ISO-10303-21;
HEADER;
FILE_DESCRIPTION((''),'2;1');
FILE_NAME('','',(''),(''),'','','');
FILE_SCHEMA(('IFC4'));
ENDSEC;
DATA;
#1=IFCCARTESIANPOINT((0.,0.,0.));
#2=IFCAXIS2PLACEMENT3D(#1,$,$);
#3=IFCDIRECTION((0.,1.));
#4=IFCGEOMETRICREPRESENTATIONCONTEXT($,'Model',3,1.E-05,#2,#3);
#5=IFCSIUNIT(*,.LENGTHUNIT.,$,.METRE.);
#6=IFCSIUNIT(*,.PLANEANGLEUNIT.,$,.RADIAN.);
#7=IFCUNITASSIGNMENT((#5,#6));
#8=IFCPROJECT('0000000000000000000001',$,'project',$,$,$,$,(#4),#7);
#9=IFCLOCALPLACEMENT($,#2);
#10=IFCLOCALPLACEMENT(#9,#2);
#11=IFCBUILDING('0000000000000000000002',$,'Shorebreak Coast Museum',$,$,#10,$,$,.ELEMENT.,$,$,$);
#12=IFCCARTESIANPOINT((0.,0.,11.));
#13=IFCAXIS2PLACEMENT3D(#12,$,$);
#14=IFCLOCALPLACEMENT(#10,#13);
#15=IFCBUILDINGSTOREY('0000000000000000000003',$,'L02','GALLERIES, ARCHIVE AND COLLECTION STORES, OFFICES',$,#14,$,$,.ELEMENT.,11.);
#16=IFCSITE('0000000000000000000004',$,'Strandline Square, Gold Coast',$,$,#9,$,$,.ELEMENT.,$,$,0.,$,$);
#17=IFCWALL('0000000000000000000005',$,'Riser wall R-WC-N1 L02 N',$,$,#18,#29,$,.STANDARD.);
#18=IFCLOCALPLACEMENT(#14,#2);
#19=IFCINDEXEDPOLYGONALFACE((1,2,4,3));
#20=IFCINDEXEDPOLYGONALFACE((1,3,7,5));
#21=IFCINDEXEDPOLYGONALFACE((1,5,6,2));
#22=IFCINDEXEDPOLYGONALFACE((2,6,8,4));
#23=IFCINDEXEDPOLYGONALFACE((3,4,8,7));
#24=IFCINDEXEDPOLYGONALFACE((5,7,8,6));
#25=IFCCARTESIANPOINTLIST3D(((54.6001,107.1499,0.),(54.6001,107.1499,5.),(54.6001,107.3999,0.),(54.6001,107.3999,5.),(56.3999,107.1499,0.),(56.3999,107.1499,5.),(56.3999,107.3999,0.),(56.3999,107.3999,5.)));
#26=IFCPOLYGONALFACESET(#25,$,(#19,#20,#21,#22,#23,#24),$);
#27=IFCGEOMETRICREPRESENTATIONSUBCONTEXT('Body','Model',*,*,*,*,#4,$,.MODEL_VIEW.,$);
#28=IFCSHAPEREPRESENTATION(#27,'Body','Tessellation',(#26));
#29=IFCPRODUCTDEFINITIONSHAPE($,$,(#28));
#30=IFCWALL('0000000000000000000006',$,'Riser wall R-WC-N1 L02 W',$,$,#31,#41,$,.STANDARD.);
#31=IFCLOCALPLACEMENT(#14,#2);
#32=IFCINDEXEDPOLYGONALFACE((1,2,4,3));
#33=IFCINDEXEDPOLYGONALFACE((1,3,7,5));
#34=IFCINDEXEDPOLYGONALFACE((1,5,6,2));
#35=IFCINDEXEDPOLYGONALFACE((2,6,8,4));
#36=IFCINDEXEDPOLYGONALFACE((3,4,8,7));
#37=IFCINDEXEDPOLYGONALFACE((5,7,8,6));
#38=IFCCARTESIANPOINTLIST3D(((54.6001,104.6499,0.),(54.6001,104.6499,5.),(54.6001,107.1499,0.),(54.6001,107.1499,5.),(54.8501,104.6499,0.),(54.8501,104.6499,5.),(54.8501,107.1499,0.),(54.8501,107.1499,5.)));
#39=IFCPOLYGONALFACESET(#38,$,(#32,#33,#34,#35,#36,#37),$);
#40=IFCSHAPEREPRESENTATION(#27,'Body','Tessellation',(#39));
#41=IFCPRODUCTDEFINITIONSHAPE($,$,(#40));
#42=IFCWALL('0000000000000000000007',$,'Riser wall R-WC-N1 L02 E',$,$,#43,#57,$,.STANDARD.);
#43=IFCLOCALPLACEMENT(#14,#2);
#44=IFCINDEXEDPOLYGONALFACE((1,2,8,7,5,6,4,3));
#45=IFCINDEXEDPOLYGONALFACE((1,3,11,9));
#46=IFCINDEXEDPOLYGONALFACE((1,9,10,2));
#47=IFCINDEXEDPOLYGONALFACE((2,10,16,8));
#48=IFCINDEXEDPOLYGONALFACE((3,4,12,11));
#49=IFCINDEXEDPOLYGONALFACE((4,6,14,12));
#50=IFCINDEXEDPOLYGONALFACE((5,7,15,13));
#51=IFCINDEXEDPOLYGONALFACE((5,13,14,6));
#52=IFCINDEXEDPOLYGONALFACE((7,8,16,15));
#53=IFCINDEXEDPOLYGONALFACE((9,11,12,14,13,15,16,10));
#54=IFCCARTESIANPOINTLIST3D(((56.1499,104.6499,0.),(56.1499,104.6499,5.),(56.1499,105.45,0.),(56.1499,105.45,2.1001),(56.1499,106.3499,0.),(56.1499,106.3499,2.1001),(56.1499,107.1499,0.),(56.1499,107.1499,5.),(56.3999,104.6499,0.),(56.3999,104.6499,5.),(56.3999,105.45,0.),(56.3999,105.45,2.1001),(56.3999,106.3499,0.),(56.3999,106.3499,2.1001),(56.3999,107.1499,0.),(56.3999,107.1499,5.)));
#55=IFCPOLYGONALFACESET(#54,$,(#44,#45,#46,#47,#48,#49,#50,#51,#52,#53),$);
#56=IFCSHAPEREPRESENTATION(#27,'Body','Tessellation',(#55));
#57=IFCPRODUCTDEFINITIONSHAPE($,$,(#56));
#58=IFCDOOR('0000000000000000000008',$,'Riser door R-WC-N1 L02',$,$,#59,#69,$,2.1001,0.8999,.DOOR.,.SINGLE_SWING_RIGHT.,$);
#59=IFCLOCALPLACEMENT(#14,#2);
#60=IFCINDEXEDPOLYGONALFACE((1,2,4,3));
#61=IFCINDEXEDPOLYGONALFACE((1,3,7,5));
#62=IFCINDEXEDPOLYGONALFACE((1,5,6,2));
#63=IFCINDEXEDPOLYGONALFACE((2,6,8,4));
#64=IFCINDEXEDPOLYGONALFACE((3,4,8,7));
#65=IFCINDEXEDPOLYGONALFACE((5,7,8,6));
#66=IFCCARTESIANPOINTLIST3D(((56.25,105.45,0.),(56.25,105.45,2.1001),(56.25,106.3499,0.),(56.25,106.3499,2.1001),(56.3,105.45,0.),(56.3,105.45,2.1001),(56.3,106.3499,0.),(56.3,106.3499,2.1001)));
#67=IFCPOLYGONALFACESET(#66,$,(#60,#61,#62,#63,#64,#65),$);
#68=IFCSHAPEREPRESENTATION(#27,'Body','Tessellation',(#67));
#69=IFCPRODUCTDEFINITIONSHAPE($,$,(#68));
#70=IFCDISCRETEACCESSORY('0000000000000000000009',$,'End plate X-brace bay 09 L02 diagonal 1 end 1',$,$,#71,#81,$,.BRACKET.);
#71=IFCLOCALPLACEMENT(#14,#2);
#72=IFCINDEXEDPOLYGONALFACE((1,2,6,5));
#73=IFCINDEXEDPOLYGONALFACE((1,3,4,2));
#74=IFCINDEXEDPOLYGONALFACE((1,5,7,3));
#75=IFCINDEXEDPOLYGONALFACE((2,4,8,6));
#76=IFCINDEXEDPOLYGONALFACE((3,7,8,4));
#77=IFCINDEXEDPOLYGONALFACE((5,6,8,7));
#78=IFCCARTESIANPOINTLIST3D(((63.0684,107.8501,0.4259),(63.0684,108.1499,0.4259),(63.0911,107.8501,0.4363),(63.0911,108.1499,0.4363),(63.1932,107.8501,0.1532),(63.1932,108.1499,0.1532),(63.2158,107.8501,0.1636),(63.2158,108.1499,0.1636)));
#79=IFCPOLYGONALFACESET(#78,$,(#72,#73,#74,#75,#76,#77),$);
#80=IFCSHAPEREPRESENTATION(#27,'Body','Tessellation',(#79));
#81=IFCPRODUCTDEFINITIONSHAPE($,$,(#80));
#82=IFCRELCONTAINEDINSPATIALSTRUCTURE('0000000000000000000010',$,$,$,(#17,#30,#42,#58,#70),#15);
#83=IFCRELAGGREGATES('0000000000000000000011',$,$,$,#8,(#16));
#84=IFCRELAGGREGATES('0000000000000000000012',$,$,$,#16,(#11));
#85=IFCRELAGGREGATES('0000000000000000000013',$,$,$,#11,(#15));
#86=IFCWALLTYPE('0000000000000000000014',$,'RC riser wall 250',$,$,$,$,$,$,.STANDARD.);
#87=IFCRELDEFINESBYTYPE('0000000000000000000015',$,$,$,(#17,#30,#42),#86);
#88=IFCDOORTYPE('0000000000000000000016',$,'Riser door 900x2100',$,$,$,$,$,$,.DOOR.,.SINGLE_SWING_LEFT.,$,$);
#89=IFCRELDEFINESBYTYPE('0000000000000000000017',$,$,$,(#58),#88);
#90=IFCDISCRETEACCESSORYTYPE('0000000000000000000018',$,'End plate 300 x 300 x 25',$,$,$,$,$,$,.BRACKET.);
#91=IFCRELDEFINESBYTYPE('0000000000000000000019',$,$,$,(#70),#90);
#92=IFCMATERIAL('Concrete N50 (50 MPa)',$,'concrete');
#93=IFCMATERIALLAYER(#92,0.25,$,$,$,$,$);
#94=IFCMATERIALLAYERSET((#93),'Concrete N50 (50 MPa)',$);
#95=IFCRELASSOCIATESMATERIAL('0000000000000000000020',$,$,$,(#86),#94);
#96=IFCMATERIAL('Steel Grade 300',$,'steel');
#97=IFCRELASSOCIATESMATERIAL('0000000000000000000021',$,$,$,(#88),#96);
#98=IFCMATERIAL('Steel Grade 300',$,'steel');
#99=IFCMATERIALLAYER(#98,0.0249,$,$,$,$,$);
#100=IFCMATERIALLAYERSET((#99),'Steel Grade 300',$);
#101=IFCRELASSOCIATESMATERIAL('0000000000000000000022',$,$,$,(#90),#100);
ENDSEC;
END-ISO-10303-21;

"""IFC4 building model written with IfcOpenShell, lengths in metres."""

from ifc_helpers import new_model, si_unit, direction, frame, frame_2d, origin, place, context, subcontext, project, spatial, polyline, rectangle, outline, extrude, material, layer, layer_set, type_object, element, fill, save


model = new_model("IFC4")

# Units and contexts
model_context = context("Model", 3, precision=1e-05, world=origin(), true_north=direction((0.0, 1.0)))
body_context = subcontext(model_context, "Body", "Model", "MODEL_VIEW")
ifc_project = project(units=[si_unit("LENGTHUNIT", "METRE"), si_unit("PLANEANGLEUNIT", "RADIAN")], contexts=[model_context])

# Site, building, storey
site_placement = place(None, origin())
site = spatial("IfcSite", under=ifc_project, at=site_placement, Name="Strandline Square, Gold Coast", CompositionType="ELEMENT", RefElevation=0.0)
building_placement = place(site_placement, origin())
building = spatial("IfcBuilding", under=site, at=building_placement, Name="Shorebreak Coast Museum", CompositionType="ELEMENT")
storey_placement = place(building_placement, frame((0.0, 0.0, 11.0)))
storey = spatial("IfcBuildingStorey", under=building, at=storey_placement, Name="L02", Description="GALLERIES, ARCHIVE AND COLLECTION STORES, OFFICES", CompositionType="ELEMENT", Elevation=11.0)

# Walls
ifc_material_1 = material(Name="Concrete N50 (50 MPa)", Category="concrete")
ifc_layer_1 = layer(ifc_material_1, 0.25)
ifc_layer_set_1 = layer_set([ifc_layer_1], Name="Concrete N50 (50 MPa)")
wall_type_1 = type_object("IfcWallType", Name="RC riser wall 250", PredefinedType="STANDARD", material=ifc_layer_set_1)
for number, where, z_axis, x_axis, name in (
    (1, (54.6001, 107.2749, 0.0), (0.0, 0.0, 1.0), (1.0, 0.0, 0.0), "Riser wall R-WC-N1 L02 N"),
):
    element("IfcWall", number, at=place(storey_placement, frame(where, z_axis=z_axis, x_axis=x_axis)), inside=storey, type_object=wall_type_1, Name=name, PredefinedType="STANDARD", context=body_context, shape_type="SweptSolid", body=[
        extrude(rectangle(XDim=1.7998, YDim=0.25, at=frame_2d((0.8999, 0.0))), origin(), (0.0, 0.0, 1.0), 5.0),
    ])
wall_1_placement = place(storey_placement, frame((54.7251, 104.6499, 0.0), z_axis=(0.0, 0.0, 1.0), x_axis=(0.0, 1.0, 0.0)))
element("IfcWall", 2, at=wall_1_placement, inside=storey, type_object=wall_type_1, Name="Riser wall R-WC-N1 L02 W", PredefinedType="STANDARD", context=body_context, shape_type="SweptSolid", body=[
    extrude(rectangle(XDim=2.5, YDim=0.25, at=frame_2d((1.25, 0.0))), origin(), (0.0, 0.0, 1.0), 5.0),
])

# Wall, opening, door
wall_2_placement = place(storey_placement, frame((56.2749, 104.6499, 0.0), z_axis=(0.0, 0.0, 1.0), x_axis=(0.0, 1.0, 0.0)))
wall_2 = element("IfcWall", 3, at=wall_2_placement, inside=storey, type_object=wall_type_1, Name="Riser wall R-WC-N1 L02 E", PredefinedType="STANDARD", context=body_context, shape_type="SweptSolid", body=[
    extrude(rectangle(XDim=2.5, YDim=0.25, at=frame_2d((1.25, 0.0))), origin(), (0.0, 0.0, 1.0), 5.0),
])
opening_1_placement = place(wall_2_placement, frame((0.8, 0.0, 0.0)))
opening_1 = element("IfcOpeningElement", 4, at=opening_1_placement, cuts=wall_2, PredefinedType="OPENING", context=body_context, shape_type="SweptSolid", body=[
    extrude(rectangle(XDim=0.8999, YDim=2.1001, at=frame_2d((0.45, 1.05))), frame((0.0, 0.135, 0.0), z_axis=(0.0, -1.0, 0.0), x_axis=(1.0, 0.0, 0.0)), (0.0, 0.0, 1.0), 0.27),
])
ifc_material_2 = material(Name="Steel Grade 300", Category="steel")
door_type_1 = type_object("IfcDoorType", Name="Riser door 900x2100", OperationType="SINGLE_SWING_LEFT", PredefinedType="DOOR", material=ifc_material_2)
door_1_placement = place(opening_1_placement, origin())
door_1 = element("IfcDoor", 5, at=door_1_placement, inside=storey, type_object=door_type_1, Name="Riser door R-WC-N1 L02", OperationType="SINGLE_SWING_RIGHT", OverallHeight=2.1001, OverallWidth=0.8999, PredefinedType="DOOR", context=body_context, shape_type="SweptSolid", body=[
    extrude(rectangle(XDim=0.8999, YDim=2.1001, at=frame_2d((0.45, 1.05))), frame((0.0, 0.0249, 0.0), z_axis=(0.0, -1.0, 0.0), x_axis=(1.0, 0.0, 0.0)), (0.0, 0.0, 1.0), 0.05),
])
fill(opening_1, door_1)

# Discrete accessory
ifc_material_3 = material(Name="Steel Grade 300", Category="steel")
ifc_layer_2 = layer(ifc_material_3, 0.0249)
ifc_layer_set_2 = layer_set([ifc_layer_2], Name="Steel Grade 300")
discrete_accessory_type = type_object("IfcDiscreteAccessoryType", Name="End plate 300 x 300 x 25", PredefinedType="BRACKET", material=ifc_layer_set_2)
discrete_accessory_placement = place(storey_placement, frame((63.2158, 107.8501, 0.1636), z_axis=(0.90936, 0.0, 0.41601), x_axis=(0.0, 1.0, 0.0)))
element("IfcDiscreteAccessory", 6, at=discrete_accessory_placement, inside=storey, type_object=discrete_accessory_type, Name="End plate X-brace bay 09 L02 diagonal 1 end 1", PredefinedType="BRACKET", context=body_context, shape_type="SweptSolid", body=[
    extrude(outline(polyline([(0.0, 0.0), (0.2998, 0.0), (0.2998, 0.2999), (0.0, 0.2999), (0.0, 0.0)])), origin(), (0.0, 0.0, -1.0), 0.0249),
])

save(model, "model.ifc")
